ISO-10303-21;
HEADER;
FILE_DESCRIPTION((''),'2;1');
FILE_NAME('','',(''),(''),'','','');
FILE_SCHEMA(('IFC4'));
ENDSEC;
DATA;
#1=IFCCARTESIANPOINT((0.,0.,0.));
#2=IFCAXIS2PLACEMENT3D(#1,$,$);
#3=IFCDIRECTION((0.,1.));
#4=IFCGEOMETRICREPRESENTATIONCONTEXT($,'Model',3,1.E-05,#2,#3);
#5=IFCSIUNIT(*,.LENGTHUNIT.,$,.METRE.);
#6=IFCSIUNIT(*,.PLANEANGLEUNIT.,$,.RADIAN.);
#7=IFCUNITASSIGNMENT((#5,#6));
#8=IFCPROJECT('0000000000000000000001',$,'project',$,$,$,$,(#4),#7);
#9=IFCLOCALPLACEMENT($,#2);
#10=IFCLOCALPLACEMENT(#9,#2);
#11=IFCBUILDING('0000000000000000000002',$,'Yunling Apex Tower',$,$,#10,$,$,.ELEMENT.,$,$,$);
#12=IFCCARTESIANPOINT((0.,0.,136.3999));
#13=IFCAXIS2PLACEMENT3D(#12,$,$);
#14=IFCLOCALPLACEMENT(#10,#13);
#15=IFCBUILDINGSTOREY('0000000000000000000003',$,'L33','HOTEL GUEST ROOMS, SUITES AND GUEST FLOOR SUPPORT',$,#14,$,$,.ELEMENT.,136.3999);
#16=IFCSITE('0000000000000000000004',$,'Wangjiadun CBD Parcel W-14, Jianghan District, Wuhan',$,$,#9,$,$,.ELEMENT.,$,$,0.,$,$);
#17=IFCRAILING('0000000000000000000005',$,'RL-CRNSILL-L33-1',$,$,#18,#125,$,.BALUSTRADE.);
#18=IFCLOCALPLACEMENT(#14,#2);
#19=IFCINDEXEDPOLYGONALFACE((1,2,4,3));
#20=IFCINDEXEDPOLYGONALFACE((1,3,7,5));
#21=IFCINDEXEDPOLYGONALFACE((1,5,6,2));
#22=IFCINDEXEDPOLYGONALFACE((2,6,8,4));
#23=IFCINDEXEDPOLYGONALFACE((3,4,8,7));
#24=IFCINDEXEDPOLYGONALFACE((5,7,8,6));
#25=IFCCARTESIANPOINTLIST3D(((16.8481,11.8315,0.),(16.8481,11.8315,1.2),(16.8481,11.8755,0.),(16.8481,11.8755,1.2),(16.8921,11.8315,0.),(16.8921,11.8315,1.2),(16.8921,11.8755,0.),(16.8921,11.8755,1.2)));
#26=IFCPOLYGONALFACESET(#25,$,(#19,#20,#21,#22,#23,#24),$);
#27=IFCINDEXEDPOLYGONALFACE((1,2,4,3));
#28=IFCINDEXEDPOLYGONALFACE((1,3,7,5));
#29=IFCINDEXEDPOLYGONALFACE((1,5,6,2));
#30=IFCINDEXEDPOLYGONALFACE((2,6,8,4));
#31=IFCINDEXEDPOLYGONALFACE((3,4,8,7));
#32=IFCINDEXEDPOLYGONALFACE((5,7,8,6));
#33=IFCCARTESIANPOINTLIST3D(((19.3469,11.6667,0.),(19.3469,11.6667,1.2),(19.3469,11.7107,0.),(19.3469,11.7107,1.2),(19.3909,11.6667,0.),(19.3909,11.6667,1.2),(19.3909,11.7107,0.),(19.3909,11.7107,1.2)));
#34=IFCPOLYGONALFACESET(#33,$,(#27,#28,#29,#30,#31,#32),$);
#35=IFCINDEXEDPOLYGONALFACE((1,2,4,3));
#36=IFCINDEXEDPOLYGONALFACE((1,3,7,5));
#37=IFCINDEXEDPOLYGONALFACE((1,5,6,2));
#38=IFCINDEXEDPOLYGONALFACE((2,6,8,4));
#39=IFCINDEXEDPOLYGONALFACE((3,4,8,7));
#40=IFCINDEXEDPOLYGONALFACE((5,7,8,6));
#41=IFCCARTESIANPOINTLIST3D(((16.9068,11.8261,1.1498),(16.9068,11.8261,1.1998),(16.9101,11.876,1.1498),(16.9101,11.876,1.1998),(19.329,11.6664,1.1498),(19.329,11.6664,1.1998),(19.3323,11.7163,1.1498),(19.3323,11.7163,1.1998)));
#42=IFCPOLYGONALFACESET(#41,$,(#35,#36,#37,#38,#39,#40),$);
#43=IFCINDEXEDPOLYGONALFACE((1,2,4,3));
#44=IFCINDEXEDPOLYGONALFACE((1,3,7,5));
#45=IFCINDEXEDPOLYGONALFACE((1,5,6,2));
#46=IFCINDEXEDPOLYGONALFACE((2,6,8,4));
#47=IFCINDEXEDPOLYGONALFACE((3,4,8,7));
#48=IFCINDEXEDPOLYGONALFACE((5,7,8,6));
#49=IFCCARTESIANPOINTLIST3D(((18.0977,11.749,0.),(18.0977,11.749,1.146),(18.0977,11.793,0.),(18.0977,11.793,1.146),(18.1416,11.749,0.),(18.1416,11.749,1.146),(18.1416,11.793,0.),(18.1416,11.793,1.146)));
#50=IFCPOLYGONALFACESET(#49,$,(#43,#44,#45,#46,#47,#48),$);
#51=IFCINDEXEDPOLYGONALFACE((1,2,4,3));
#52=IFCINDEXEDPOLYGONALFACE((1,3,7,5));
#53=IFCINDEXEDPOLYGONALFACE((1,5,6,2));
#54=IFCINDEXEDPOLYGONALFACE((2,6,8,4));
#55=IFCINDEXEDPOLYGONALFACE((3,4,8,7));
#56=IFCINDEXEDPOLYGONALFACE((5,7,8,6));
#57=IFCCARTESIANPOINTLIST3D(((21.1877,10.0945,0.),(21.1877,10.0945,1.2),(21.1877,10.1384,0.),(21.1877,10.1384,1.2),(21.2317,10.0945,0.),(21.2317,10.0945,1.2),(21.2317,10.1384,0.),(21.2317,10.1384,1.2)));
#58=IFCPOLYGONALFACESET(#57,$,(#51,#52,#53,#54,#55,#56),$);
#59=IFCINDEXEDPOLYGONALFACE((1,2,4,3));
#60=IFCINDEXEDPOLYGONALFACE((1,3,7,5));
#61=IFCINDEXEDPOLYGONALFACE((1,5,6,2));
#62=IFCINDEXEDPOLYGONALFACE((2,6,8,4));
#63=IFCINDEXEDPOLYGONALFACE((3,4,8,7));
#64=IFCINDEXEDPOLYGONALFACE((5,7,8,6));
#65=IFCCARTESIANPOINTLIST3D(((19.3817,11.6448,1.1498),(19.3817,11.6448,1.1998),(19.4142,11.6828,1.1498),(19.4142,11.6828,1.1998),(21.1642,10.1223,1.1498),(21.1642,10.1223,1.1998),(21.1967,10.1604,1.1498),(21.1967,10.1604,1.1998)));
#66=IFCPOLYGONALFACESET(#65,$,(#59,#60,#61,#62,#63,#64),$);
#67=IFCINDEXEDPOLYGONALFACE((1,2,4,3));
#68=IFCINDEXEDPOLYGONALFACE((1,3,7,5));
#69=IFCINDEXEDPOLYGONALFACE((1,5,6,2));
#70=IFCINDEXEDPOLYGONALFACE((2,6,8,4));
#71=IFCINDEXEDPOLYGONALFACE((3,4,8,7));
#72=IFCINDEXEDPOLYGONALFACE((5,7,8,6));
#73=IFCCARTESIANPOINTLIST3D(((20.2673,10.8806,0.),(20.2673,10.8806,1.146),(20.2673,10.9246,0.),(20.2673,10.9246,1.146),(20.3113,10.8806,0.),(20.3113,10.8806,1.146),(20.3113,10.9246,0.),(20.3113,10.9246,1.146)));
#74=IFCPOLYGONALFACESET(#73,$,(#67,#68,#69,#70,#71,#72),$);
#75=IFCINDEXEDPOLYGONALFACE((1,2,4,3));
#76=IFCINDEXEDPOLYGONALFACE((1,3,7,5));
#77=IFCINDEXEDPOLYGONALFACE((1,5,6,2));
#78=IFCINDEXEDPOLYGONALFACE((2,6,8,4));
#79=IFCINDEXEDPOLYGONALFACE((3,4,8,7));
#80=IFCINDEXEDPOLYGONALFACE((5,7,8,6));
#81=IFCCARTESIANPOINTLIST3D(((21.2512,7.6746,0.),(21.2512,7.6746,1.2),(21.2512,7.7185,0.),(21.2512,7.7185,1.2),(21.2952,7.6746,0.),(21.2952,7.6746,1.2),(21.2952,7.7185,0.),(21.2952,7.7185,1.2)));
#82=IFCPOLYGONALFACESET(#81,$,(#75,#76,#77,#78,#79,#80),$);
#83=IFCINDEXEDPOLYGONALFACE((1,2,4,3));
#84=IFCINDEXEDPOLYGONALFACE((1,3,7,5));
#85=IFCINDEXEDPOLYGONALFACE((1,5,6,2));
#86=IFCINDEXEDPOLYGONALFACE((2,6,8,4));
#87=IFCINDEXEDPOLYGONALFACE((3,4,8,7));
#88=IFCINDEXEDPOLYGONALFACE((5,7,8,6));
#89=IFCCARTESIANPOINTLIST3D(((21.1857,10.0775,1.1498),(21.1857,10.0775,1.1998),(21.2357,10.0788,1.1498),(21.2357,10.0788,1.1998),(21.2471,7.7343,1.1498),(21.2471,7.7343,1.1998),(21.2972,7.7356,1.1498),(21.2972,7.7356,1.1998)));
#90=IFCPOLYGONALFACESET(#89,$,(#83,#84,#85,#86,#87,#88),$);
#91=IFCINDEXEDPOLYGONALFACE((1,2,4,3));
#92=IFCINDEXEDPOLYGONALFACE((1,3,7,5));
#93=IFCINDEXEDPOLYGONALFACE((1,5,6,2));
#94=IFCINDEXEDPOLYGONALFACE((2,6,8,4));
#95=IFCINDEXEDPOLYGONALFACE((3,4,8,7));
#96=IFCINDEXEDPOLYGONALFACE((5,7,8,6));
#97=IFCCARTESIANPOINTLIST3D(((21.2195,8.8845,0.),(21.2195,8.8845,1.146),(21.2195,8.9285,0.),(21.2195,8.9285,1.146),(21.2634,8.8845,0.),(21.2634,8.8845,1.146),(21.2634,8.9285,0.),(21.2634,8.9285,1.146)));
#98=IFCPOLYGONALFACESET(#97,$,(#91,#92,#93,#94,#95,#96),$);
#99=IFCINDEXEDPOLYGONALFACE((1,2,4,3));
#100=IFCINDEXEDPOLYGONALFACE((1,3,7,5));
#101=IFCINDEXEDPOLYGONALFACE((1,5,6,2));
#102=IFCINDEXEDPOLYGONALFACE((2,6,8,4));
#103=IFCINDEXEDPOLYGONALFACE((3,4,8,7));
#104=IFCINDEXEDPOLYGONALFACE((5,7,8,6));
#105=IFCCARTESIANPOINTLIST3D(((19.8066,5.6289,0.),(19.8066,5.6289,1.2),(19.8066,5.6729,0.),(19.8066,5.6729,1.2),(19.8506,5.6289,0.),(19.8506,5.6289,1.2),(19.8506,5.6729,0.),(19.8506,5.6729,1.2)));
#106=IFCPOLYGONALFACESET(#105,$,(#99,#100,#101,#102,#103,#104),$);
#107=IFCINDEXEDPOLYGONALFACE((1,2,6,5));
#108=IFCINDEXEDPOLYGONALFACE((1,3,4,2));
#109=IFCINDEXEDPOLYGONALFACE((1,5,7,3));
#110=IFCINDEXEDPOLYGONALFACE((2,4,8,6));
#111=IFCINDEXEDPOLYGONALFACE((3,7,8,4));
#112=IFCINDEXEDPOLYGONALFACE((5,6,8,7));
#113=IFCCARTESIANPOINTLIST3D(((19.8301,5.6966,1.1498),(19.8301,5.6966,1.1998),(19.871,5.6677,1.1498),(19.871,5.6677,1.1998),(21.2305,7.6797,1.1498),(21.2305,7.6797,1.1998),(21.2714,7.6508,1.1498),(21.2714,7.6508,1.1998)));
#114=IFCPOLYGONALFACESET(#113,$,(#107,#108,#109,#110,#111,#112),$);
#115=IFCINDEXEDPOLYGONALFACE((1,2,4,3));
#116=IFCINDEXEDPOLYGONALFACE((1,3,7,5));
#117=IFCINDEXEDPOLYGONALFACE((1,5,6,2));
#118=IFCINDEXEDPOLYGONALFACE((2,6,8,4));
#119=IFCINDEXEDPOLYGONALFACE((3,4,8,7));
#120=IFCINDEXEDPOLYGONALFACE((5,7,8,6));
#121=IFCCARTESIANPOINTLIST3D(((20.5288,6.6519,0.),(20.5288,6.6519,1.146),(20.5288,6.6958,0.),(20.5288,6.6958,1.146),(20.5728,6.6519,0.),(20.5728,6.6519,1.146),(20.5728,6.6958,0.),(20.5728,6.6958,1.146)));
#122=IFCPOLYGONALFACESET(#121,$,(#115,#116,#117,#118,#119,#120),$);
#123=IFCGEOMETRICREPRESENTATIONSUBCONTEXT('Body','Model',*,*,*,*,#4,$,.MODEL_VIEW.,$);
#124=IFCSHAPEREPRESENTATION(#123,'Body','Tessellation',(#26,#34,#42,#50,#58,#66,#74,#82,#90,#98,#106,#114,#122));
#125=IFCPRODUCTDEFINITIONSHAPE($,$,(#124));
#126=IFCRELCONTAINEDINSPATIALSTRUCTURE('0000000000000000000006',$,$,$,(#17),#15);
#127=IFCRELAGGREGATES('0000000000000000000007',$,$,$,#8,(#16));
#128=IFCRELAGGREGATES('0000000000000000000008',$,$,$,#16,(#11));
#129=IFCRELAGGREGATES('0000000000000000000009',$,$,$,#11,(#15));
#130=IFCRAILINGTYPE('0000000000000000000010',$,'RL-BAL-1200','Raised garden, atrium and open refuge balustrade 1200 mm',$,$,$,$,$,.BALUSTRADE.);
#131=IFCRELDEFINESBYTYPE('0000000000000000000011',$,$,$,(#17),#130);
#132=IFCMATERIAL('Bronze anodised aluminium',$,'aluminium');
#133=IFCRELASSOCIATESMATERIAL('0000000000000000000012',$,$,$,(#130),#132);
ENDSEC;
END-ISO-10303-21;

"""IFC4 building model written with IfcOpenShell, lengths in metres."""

from ifc_helpers import new_model, si_unit, direction, frame, origin, origin_2d, place, context, subcontext, project, spatial, rectangle, extrude, material, type_object, element, save


model = new_model("IFC4")

# Units and contexts
model_context = context("Model", 3, precision=1e-05, world=origin(), true_north=direction((0.0, 1.0)))
body_context = subcontext(model_context, "Body", "Model", "MODEL_VIEW")
ifc_project = project(units=[si_unit("LENGTHUNIT", "METRE"), si_unit("PLANEANGLEUNIT", "RADIAN")], contexts=[model_context])

# Site, building, storey
site_placement = place(None, origin())
site = spatial("IfcSite", under=ifc_project, at=site_placement, Name="Wangjiadun CBD Parcel W-14, Jianghan District, Wuhan", CompositionType="ELEMENT", RefElevation=0.0)
building_placement = place(site_placement, origin())
building = spatial("IfcBuilding", under=site, at=building_placement, Name="Yunling Apex Tower", CompositionType="ELEMENT")
storey_placement = place(building_placement, frame((0.0, 0.0, 136.3999)))
storey = spatial("IfcBuildingStorey", under=building, at=storey_placement, Name="L33", Description="HOTEL GUEST ROOMS, SUITES AND GUEST FLOOR SUPPORT", CompositionType="ELEMENT", Elevation=136.3999)

# Shared definitions
ifc_material_1 = material(Name="Bronze anodised aluminium", Category="aluminium")

# Railing
railing_type = type_object("IfcRailingType", Name="RL-BAL-1200", Description="Raised garden, atrium and open refuge balustrade 1200 mm", PredefinedType="BALUSTRADE", material=ifc_material_1)
railing_1_placement = place(storey_placement, frame((16.8701, 11.8535, 0.0)))
element("IfcRailing", 1, at=railing_1_placement, inside=storey, type_object=railing_type, Name="RL-CRNSILL-L33-1", PredefinedType="BALUSTRADE", context=body_context, shape_type="SweptSolid", body=[
    extrude(rectangle(XDim=0.0439, YDim=0.0439, at=origin_2d()), origin(), (0.0, 0.0, 1.0), 1.2),
    extrude(rectangle(XDim=0.0439, YDim=0.0439, at=origin_2d()), frame((2.4988, -0.1648, 0.0)), (0.0, 0.0, 1.0), 1.2),
    extrude(rectangle(XDim=0.05, YDim=0.05, at=origin_2d()), frame((0.0383, -0.0024, 1.1748), z_axis=(0.997832, -0.065807, 0.0), x_axis=(0.065807, 0.997832, 0.0)), (0.0, 0.0, 1.0), 2.4275),
    extrude(rectangle(XDim=0.0439, YDim=0.0439, at=origin_2d()), frame((1.2495, -0.0825, 0.0)), (0.0, 0.0, 1.0), 1.146),
    extrude(rectangle(XDim=0.0439, YDim=0.0439, at=origin_2d()), frame((4.3396, -1.7371, 0.0)), (0.0, 0.0, 1.0), 1.2),
    extrude(rectangle(XDim=0.05, YDim=0.05, at=origin_2d()), frame((2.5278, -0.1897, 1.1748), z_axis=(0.760394, -0.649462, 0.0), x_axis=(0.649462, 0.760394, 0.0)), (0.0, 0.0, 1.0), 2.3442),
    extrude(rectangle(XDim=0.0439, YDim=0.0439, at=origin_2d()), frame((3.4192, -0.9509, 0.0)), (0.0, 0.0, 1.0), 1.146),
    extrude(rectangle(XDim=0.0439, YDim=0.0439, at=origin_2d()), frame((4.4031, -4.157, 0.0)), (0.0, 0.0, 1.0), 1.2),
    extrude(rectangle(XDim=0.05, YDim=0.05, at=origin_2d()), frame((4.3406, -1.7754, 1.1748), z_axis=(0.026222, -0.999656, 0.0), x_axis=(0.999656, 0.026222, 0.0)), (0.0, 0.0, 1.0), 2.344),
    extrude(rectangle(XDim=0.0439, YDim=0.0439, at=origin_2d()), frame((4.3713, -2.947, 0.0)), (0.0, 0.0, 1.0), 1.146),
    extrude(rectangle(XDim=0.0439, YDim=0.0439, at=origin_2d()), frame((2.9585, -6.2026, 0.0)), (0.0, 0.0, 1.0), 1.2),
    extrude(rectangle(XDim=0.05, YDim=0.05, at=origin_2d()), frame((4.3809, -4.1882, 1.1748), z_axis=(-0.57684, -0.816857, 0.0), x_axis=(0.816857, -0.57684, 0.0)), (0.0, 0.0, 1.0), 2.4277),
    extrude(rectangle(XDim=0.0439, YDim=0.0439, at=origin_2d()), frame((3.6807, -5.1797, 0.0)), (0.0, 0.0, 1.0), 1.146),
])

save(model, "model.ifc")
